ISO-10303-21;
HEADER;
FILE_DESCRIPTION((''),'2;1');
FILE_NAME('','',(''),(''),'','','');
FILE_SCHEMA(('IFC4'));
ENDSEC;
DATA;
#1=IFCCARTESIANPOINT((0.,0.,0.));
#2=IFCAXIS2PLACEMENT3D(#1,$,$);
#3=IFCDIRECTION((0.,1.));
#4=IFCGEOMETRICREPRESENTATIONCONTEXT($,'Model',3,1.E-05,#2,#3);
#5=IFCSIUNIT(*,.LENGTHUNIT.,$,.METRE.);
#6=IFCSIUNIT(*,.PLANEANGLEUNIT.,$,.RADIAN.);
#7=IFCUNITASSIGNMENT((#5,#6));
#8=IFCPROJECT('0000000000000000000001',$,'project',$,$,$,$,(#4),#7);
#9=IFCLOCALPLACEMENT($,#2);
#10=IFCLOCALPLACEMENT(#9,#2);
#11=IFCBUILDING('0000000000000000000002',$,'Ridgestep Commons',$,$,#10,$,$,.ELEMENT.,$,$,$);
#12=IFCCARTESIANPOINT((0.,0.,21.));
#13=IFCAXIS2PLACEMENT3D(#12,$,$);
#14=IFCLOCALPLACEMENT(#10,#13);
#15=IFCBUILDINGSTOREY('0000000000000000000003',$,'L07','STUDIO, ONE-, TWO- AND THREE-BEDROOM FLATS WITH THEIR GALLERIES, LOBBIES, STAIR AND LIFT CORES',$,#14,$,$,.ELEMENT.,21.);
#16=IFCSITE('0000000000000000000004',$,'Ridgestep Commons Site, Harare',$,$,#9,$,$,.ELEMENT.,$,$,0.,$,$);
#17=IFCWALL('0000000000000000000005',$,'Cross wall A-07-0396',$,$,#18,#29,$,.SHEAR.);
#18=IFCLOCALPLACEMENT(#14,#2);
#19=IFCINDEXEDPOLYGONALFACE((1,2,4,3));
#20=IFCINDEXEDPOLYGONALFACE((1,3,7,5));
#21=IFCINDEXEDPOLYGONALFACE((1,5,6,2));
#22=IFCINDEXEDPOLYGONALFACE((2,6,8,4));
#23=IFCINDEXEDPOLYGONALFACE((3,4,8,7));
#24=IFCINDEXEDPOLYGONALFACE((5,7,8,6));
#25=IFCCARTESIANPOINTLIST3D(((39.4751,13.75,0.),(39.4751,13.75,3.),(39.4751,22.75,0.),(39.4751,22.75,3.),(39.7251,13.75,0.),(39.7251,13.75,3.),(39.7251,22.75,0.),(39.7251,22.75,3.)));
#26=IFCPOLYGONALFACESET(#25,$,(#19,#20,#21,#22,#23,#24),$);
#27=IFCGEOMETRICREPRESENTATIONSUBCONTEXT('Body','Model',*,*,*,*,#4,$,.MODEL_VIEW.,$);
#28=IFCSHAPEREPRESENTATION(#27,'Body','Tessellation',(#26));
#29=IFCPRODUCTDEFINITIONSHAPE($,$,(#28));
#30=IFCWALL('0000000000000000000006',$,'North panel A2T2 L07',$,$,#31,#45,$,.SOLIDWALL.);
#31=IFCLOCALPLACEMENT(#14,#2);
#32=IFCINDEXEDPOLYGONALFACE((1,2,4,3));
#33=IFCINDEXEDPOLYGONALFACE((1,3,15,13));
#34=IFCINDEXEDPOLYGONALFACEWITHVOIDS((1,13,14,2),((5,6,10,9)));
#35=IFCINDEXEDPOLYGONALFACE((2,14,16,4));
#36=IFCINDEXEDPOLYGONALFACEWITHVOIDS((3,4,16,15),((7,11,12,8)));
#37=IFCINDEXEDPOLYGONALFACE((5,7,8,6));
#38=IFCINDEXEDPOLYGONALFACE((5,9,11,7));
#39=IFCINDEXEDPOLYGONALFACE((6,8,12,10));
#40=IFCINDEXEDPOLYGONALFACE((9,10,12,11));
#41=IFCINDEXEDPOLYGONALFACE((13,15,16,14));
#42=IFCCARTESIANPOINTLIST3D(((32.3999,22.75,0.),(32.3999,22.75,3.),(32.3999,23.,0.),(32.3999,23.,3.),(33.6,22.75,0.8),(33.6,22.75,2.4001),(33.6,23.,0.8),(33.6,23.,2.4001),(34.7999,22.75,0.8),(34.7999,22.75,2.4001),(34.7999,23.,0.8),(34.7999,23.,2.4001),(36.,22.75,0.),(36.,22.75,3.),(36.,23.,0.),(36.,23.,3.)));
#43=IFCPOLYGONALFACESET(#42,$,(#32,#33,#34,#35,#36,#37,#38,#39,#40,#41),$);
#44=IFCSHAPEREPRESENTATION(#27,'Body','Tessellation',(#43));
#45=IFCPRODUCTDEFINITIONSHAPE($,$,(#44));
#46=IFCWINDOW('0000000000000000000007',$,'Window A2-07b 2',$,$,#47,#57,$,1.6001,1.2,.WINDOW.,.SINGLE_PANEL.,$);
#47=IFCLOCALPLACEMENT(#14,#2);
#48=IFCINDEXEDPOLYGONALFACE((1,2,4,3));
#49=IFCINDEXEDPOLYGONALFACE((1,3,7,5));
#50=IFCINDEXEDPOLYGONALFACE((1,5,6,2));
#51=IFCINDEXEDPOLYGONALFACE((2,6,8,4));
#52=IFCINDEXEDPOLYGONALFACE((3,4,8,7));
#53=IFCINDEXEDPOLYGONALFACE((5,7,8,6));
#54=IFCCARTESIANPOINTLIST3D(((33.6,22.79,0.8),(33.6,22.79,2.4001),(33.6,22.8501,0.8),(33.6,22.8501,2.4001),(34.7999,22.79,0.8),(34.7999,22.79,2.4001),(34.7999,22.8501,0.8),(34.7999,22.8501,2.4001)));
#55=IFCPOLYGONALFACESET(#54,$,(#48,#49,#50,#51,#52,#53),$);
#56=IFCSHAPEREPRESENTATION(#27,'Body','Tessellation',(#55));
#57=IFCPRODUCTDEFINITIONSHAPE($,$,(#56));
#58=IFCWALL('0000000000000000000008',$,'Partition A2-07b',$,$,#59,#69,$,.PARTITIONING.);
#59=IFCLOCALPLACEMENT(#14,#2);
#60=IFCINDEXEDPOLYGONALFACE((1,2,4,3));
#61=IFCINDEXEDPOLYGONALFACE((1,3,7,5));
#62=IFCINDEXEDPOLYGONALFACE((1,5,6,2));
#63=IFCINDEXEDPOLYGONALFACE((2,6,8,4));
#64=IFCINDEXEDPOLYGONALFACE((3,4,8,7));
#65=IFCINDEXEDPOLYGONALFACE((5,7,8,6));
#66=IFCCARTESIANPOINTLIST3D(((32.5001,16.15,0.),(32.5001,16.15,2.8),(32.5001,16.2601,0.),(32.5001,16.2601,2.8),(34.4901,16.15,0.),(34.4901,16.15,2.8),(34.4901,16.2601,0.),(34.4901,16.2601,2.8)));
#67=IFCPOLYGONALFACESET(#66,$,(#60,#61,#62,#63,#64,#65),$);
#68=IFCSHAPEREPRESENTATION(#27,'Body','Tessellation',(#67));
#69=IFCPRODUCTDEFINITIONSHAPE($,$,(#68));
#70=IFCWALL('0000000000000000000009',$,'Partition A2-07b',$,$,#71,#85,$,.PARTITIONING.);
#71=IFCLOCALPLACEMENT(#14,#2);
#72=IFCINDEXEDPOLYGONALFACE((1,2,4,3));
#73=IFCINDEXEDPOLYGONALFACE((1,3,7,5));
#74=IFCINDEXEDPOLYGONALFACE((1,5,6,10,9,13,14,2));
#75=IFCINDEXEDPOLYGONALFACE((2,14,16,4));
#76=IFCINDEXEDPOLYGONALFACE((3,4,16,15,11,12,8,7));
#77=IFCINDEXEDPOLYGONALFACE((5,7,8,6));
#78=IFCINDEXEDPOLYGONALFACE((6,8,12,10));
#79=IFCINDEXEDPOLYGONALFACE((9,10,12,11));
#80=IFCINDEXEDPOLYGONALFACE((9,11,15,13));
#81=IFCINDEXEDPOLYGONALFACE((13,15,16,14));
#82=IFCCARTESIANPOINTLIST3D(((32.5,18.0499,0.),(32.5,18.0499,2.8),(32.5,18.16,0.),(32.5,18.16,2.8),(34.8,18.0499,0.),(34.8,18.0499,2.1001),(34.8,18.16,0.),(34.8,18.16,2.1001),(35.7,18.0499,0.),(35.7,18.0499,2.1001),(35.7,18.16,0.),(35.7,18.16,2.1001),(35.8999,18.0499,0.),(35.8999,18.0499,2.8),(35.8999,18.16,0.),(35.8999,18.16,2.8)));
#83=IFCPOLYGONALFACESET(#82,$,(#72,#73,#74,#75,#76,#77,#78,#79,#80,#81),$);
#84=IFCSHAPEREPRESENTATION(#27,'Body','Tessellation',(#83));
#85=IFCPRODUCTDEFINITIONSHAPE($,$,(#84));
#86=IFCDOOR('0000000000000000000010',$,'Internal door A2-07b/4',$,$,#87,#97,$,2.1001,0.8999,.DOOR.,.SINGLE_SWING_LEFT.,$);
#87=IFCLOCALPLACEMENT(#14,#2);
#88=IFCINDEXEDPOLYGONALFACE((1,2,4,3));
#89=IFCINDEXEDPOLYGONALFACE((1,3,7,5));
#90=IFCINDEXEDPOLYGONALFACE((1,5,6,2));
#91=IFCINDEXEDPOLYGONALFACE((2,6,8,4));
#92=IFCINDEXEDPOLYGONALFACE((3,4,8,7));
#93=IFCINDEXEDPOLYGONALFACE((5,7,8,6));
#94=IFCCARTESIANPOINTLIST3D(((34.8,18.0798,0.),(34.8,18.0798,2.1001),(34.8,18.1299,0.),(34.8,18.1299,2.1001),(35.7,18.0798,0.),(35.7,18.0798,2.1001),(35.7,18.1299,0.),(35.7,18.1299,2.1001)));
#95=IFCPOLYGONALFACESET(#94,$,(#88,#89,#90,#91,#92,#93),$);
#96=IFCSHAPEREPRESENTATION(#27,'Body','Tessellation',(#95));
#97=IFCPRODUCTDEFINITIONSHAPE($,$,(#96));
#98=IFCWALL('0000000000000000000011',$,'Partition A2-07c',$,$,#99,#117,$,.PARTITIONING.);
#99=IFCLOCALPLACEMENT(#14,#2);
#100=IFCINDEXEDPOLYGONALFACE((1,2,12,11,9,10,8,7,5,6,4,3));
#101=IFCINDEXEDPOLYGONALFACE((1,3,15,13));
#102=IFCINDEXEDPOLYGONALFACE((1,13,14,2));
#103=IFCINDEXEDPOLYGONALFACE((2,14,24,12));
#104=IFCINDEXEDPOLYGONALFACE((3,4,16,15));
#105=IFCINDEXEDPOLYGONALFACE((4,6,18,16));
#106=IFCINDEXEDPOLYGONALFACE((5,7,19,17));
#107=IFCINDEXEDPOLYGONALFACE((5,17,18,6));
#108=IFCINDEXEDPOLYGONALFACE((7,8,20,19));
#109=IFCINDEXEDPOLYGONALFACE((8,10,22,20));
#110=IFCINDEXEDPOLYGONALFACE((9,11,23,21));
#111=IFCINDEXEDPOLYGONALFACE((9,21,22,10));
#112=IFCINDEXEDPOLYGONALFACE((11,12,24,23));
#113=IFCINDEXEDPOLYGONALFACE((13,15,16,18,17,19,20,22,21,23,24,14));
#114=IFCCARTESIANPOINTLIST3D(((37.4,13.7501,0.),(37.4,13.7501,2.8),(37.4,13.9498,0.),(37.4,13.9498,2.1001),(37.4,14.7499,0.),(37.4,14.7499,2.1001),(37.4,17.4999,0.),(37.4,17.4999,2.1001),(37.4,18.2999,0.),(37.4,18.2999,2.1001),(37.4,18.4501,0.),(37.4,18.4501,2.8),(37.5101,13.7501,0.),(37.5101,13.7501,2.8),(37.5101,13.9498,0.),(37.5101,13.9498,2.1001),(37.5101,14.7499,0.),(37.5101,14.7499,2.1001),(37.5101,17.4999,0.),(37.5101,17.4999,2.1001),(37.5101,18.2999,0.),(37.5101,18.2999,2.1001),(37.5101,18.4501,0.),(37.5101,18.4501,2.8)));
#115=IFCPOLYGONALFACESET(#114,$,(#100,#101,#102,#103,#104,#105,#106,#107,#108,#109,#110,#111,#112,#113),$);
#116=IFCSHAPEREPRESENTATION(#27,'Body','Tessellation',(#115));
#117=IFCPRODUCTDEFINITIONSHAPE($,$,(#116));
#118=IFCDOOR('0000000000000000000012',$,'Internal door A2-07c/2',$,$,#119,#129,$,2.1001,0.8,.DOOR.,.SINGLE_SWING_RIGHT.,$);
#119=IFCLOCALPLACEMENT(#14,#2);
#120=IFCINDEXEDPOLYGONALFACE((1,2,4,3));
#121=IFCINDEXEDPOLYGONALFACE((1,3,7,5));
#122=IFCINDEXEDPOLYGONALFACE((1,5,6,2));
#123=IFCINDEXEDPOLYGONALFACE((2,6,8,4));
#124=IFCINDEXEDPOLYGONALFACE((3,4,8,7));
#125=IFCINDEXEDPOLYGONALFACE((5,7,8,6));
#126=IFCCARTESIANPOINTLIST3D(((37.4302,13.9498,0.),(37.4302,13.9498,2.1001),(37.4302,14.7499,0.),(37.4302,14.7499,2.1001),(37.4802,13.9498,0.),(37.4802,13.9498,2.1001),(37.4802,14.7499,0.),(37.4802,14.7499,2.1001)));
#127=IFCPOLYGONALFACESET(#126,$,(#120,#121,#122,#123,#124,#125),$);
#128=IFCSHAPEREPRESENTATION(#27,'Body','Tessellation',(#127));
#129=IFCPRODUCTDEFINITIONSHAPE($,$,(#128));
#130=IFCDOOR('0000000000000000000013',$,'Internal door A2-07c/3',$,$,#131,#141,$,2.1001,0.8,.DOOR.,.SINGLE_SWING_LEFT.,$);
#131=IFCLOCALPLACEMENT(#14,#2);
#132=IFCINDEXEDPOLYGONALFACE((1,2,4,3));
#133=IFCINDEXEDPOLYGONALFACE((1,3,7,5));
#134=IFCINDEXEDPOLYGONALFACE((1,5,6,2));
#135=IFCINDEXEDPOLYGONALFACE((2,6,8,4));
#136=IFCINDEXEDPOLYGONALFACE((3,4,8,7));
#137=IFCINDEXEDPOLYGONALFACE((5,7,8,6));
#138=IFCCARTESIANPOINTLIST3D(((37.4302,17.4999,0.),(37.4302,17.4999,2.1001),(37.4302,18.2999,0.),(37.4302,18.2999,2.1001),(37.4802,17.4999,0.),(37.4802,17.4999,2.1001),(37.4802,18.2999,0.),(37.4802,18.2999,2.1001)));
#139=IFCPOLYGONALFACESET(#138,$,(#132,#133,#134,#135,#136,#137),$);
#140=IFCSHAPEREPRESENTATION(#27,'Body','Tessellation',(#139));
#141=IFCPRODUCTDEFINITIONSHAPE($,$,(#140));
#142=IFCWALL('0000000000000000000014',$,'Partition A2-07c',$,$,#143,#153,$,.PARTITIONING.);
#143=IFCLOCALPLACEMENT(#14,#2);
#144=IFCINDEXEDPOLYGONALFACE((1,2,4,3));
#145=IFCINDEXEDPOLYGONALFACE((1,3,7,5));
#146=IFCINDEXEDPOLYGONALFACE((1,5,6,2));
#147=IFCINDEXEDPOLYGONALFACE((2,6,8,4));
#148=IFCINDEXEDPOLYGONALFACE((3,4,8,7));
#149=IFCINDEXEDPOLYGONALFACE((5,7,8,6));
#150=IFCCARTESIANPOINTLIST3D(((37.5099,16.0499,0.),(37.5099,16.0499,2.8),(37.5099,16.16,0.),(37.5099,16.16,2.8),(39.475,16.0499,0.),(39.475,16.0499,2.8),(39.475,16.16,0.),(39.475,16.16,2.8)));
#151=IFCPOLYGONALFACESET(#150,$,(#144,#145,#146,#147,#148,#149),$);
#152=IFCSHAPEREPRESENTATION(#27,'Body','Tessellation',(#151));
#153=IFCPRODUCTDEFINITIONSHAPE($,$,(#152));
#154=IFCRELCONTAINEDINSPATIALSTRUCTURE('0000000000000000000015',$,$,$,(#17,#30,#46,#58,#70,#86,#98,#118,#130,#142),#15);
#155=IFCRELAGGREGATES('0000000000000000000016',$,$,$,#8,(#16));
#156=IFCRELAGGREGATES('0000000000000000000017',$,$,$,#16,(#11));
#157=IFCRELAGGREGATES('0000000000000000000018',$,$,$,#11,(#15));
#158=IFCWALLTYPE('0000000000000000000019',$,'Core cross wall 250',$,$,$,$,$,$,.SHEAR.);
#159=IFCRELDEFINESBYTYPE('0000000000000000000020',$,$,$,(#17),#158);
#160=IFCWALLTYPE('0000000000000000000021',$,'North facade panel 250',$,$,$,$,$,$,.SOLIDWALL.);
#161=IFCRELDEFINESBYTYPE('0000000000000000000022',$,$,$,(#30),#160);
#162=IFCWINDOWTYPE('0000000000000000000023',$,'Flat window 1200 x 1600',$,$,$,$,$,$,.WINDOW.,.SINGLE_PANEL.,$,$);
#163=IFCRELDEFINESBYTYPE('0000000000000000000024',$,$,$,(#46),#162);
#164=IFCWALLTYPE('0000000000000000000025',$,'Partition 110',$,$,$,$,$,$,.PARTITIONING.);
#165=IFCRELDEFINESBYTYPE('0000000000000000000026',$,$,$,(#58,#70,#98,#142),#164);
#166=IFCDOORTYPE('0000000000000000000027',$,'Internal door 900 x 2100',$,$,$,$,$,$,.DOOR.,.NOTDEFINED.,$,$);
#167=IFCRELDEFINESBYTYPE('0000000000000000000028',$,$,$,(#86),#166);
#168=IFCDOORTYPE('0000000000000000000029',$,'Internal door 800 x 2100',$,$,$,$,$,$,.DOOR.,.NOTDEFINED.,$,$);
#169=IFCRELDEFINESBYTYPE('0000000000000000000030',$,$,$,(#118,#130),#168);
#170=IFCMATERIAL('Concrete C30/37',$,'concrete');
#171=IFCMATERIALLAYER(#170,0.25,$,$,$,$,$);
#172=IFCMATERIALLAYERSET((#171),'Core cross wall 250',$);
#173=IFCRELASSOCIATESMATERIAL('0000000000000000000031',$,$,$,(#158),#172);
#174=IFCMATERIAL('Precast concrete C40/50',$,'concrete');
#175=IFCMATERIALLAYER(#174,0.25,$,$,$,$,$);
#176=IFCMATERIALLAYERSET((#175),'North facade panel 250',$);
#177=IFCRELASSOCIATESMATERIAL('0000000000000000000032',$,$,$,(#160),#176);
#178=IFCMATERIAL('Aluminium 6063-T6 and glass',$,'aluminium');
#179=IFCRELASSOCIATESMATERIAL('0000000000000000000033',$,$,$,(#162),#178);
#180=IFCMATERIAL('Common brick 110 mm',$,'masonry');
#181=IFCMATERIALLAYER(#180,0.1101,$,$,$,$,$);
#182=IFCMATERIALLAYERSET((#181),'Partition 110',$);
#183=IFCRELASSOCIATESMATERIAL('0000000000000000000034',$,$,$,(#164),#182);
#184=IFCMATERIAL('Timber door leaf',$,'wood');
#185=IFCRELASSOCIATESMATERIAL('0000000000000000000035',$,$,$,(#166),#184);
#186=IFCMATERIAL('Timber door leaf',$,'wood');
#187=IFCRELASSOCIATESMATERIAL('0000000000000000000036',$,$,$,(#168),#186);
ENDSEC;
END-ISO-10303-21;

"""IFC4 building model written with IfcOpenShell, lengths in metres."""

from ifc_helpers import new_model, si_unit, direction, frame, frame_2d, origin, place, context, subcontext, project, spatial, rectangle, extrude, material, layer, layer_set, type_object, element, fill, save


model = new_model("IFC4")

# Units and contexts
model_context = context("Model", 3, precision=1e-05, world=origin(), true_north=direction((0.0, 1.0)))
body_context = subcontext(model_context, "Body", "Model", "MODEL_VIEW")
ifc_project = project(units=[si_unit("LENGTHUNIT", "METRE"), si_unit("PLANEANGLEUNIT", "RADIAN")], contexts=[model_context])

# Site, building, storey
site_placement = place(None, origin())
site = spatial("IfcSite", under=ifc_project, at=site_placement, Name="Ridgestep Commons Site, Harare", CompositionType="ELEMENT", RefElevation=0.0)
building_placement = place(site_placement, origin())
building = spatial("IfcBuilding", under=site, at=building_placement, Name="Ridgestep Commons", CompositionType="ELEMENT")
storey_placement = place(building_placement, frame((0.0, 0.0, 21.0)))
storey = spatial("IfcBuildingStorey", under=building, at=storey_placement, Name="L07", Description="STUDIO, ONE-, TWO- AND THREE-BEDROOM FLATS WITH THEIR GALLERIES, LOBBIES, STAIR AND LIFT CORES", CompositionType="ELEMENT", Elevation=21.0)

# Wall
ifc_material_1 = material(Name="Concrete C30/37", Category="concrete")
ifc_layer_1 = layer(ifc_material_1, 0.25)
ifc_layer_set_1 = layer_set([ifc_layer_1], Name="Core cross wall 250")
wall_type_1 = type_object("IfcWallType", Name="Core cross wall 250", PredefinedType="SHEAR", material=ifc_layer_set_1)
wall_1_placement = place(storey_placement, frame((39.6001, 13.75, 0.0), z_axis=(0.0, 0.0, 1.0), x_axis=(0.0, 1.0, 0.0)))
element("IfcWall", 1, at=wall_1_placement, inside=storey, type_object=wall_type_1, Name="Cross wall A-07-0396", PredefinedType="SHEAR", context=body_context, shape_type="SweptSolid", body=[
    extrude(rectangle(XDim=9.0, YDim=0.25, at=frame_2d((4.5, 0.0))), origin(), (0.0, 0.0, 1.0), 3.0),
])

# Wall, opening, window
ifc_material_2 = material(Name="Precast concrete C40/50", Category="concrete")
ifc_layer_2 = layer(ifc_material_2, 0.25)
ifc_layer_set_2 = layer_set([ifc_layer_2], Name="North facade panel 250")
wall_type_2 = type_object("IfcWallType", Name="North facade panel 250", PredefinedType="SOLIDWALL", material=ifc_layer_set_2)
wall_2_placement = place(storey_placement, frame((32.3999, 22.875, 0.0), z_axis=(0.0, 0.0, 1.0), x_axis=(1.0, 0.0, 0.0)))
wall_2 = element("IfcWall", 2, at=wall_2_placement, inside=storey, type_object=wall_type_2, Name="North panel A2T2 L07", PredefinedType="SOLIDWALL", context=body_context, shape_type="SweptSolid", body=[
    extrude(rectangle(XDim=3.6001, YDim=0.25, at=frame_2d((1.8, 0.0))), origin(), (0.0, 0.0, 1.0), 3.0),
])
opening_1_placement = place(wall_2_placement, frame((1.2, 0.0, 0.8)))
opening_1 = element("IfcOpeningElement", 3, at=opening_1_placement, cuts=wall_2, PredefinedType="OPENING", context=body_context, shape_type="SweptSolid", body=[
    extrude(rectangle(XDim=1.2, YDim=1.6001, at=frame_2d((0.6001, 0.8))), frame((0.0, 0.135, 0.0), z_axis=(0.0, -1.0, 0.0), x_axis=(1.0, 0.0, 0.0)), (0.0, 0.0, 1.0), 0.27),
])
ifc_material_3 = material(Name="Aluminium 6063-T6 and glass", Category="aluminium")
window_type = type_object("IfcWindowType", Name="Flat window 1200 x 1600", PartitioningType="SINGLE_PANEL", PredefinedType="WINDOW", material=ifc_material_3)
window_placement = place(opening_1_placement, origin())
window = element("IfcWindow", 4, at=window_placement, inside=storey, type_object=window_type, Name="Window A2-07b 2", OverallHeight=1.6001, OverallWidth=1.2, PartitioningType="SINGLE_PANEL", PredefinedType="WINDOW", context=body_context, shape_type="SweptSolid", body=[
    extrude(rectangle(XDim=1.2, YDim=1.6001, at=frame_2d((0.6001, 0.8))), frame((0.0, -0.0249, 0.0), z_axis=(0.0, -1.0, 0.0), x_axis=(1.0, 0.0, 0.0)), (0.0, 0.0, 1.0), 0.0601),
])
fill(opening_1, window)

# Wall
ifc_material_4 = material(Name="Common brick 110 mm", Category="masonry")
ifc_layer_3 = layer(ifc_material_4, 0.1101)
ifc_layer_set_3 = layer_set([ifc_layer_3], Name="Partition 110")
wall_type_3 = type_object("IfcWallType", Name="Partition 110", PredefinedType="PARTITIONING", material=ifc_layer_set_3)
wall_3_placement = place(storey_placement, frame((32.5, 16.2051, 0.0), z_axis=(0.0, 0.0, 1.0), x_axis=(1.0, 0.0, 0.0)))
element("IfcWall", 5, at=wall_3_placement, inside=storey, type_object=wall_type_3, Name="Partition A2-07b", PredefinedType="PARTITIONING", context=body_context, shape_type="SweptSolid", body=[
    extrude(rectangle(XDim=1.99, YDim=0.1101, at=frame_2d((0.9951, 0.0))), origin(), (0.0, 0.0, 1.0), 2.8),
])

# Wall, opening, door
wall_4_placement = place(storey_placement, frame((32.5, 18.105, 0.0), z_axis=(0.0, 0.0, 1.0), x_axis=(1.0, 0.0, 0.0)))
wall_4 = element("IfcWall", 6, at=wall_4_placement, inside=storey, type_object=wall_type_3, Name="Partition A2-07b", PredefinedType="PARTITIONING", context=body_context, shape_type="SweptSolid", body=[
    extrude(rectangle(XDim=3.3999, YDim=0.1101, at=frame_2d((1.7, 0.0))), origin(), (0.0, 0.0, 1.0), 2.8),
])
opening_2_placement = place(wall_4_placement, frame((2.3, 0.0, 0.0)))
opening_2 = element("IfcOpeningElement", 7, at=opening_2_placement, cuts=wall_4, PredefinedType="OPENING", context=body_context, shape_type="SweptSolid", body=[
    extrude(rectangle(XDim=0.8999, YDim=2.1001, at=frame_2d((0.45, 1.05))), frame((0.0, 0.0649, 0.0), z_axis=(0.0, -1.0, 0.0), x_axis=(1.0, 0.0, 0.0)), (0.0, 0.0, 1.0), 0.1301),
])
ifc_material_5 = material(Name="Timber door leaf", Category="wood")
door_type_1 = type_object("IfcDoorType", Name="Internal door 900 x 2100", OperationType="NOTDEFINED", PredefinedType="DOOR", material=ifc_material_5)
door_1_placement = place(opening_2_placement, origin())
door_1 = element("IfcDoor", 8, at=door_1_placement, inside=storey, type_object=door_type_1, Name="Internal door A2-07b/4", OperationType="SINGLE_SWING_LEFT", OverallHeight=2.1001, OverallWidth=0.8999, PredefinedType="DOOR", context=body_context, shape_type="SweptSolid", body=[
    extrude(rectangle(XDim=0.8999, YDim=2.1001, at=frame_2d((0.45, 1.05))), frame((0.0, 0.0249, 0.0), z_axis=(0.0, -1.0, 0.0), x_axis=(1.0, 0.0, 0.0)), (0.0, 0.0, 1.0), 0.05),
])
fill(opening_2, door_1)

# Wall, openings, doors
wall_5_placement = place(storey_placement, frame((37.4551, 13.75, 0.0), z_axis=(0.0, 0.0, 1.0), x_axis=(0.0, 1.0, 0.0)))
wall_5 = element("IfcWall", 9, at=wall_5_placement, inside=storey, type_object=wall_type_3, Name="Partition A2-07c", PredefinedType="PARTITIONING", context=body_context, shape_type="SweptSolid", body=[
    extrude(rectangle(XDim=4.7, YDim=0.1101, at=frame_2d((2.3501, 0.0))), origin(), (0.0, 0.0, 1.0), 2.8),
])
opening_3_placement = place(wall_5_placement, frame((0.2, 0.0, 0.0)))
opening_3 = element("IfcOpeningElement", 10, at=opening_3_placement, cuts=wall_5, PredefinedType="OPENING", context=body_context, shape_type="SweptSolid", body=[
    extrude(rectangle(XDim=0.8, YDim=2.1001, at=frame_2d((0.3999, 1.05))), frame((0.0, 0.0649, 0.0), z_axis=(0.0, -1.0, 0.0), x_axis=(1.0, 0.0, 0.0)), (0.0, 0.0, 1.0), 0.1301),
])
opening_4_placement = place(wall_5_placement, frame((3.75, 0.0, 0.0)))
opening_4 = element("IfcOpeningElement", 11, at=opening_4_placement, cuts=wall_5, PredefinedType="OPENING", context=body_context, shape_type="SweptSolid", body=[
    extrude(rectangle(XDim=0.8, YDim=2.1001, at=frame_2d((0.3999, 1.05))), frame((0.0, 0.0649, 0.0), z_axis=(0.0, -1.0, 0.0), x_axis=(1.0, 0.0, 0.0)), (0.0, 0.0, 1.0), 0.1301),
])
ifc_material_6 = material(Name="Timber door leaf", Category="wood")
door_type_2 = type_object("IfcDoorType", Name="Internal door 800 x 2100", OperationType="NOTDEFINED", PredefinedType="DOOR", material=ifc_material_6)
door_2_placement = place(opening_3_placement, origin())
door_2 = element("IfcDoor", 12, at=door_2_placement, inside=storey, type_object=door_type_2, Name="Internal door A2-07c/2", OperationType="SINGLE_SWING_RIGHT", OverallHeight=2.1001, OverallWidth=0.8, PredefinedType="DOOR", context=body_context, shape_type="SweptSolid", body=[
    extrude(rectangle(XDim=0.8, YDim=2.1001, at=frame_2d((0.3999, 1.05))), frame((0.0, 0.0249, 0.0), z_axis=(0.0, -1.0, 0.0), x_axis=(1.0, 0.0, 0.0)), (0.0, 0.0, 1.0), 0.05),
])
fill(opening_3, door_2)
door_3_placement = place(opening_4_placement, origin())
door_3 = element("IfcDoor", 13, at=door_3_placement, inside=storey, type_object=door_type_2, Name="Internal door A2-07c/3", OperationType="SINGLE_SWING_LEFT", OverallHeight=2.1001, OverallWidth=0.8, PredefinedType="DOOR", context=body_context, shape_type="SweptSolid", body=[
    extrude(rectangle(XDim=0.8, YDim=2.1001, at=frame_2d((0.3999, 1.05))), frame((0.0, 0.0249, 0.0), z_axis=(0.0, -1.0, 0.0), x_axis=(1.0, 0.0, 0.0)), (0.0, 0.0, 1.0), 0.05),
])
fill(opening_4, door_3)

# Wall
wall_6_placement = place(storey_placement, frame((37.51, 16.105, 0.0), z_axis=(0.0, 0.0, 1.0), x_axis=(1.0, 0.0, 0.0)))
element("IfcWall", 14, at=wall_6_placement, inside=storey, type_object=wall_type_3, Name="Partition A2-07c", PredefinedType="PARTITIONING", context=body_context, shape_type="SweptSolid", body=[
    extrude(rectangle(XDim=1.9651, YDim=0.1101, at=frame_2d((0.9824, 0.0))), origin(), (0.0, 0.0, 1.0), 2.8),
])

save(model, "model.ifc")
